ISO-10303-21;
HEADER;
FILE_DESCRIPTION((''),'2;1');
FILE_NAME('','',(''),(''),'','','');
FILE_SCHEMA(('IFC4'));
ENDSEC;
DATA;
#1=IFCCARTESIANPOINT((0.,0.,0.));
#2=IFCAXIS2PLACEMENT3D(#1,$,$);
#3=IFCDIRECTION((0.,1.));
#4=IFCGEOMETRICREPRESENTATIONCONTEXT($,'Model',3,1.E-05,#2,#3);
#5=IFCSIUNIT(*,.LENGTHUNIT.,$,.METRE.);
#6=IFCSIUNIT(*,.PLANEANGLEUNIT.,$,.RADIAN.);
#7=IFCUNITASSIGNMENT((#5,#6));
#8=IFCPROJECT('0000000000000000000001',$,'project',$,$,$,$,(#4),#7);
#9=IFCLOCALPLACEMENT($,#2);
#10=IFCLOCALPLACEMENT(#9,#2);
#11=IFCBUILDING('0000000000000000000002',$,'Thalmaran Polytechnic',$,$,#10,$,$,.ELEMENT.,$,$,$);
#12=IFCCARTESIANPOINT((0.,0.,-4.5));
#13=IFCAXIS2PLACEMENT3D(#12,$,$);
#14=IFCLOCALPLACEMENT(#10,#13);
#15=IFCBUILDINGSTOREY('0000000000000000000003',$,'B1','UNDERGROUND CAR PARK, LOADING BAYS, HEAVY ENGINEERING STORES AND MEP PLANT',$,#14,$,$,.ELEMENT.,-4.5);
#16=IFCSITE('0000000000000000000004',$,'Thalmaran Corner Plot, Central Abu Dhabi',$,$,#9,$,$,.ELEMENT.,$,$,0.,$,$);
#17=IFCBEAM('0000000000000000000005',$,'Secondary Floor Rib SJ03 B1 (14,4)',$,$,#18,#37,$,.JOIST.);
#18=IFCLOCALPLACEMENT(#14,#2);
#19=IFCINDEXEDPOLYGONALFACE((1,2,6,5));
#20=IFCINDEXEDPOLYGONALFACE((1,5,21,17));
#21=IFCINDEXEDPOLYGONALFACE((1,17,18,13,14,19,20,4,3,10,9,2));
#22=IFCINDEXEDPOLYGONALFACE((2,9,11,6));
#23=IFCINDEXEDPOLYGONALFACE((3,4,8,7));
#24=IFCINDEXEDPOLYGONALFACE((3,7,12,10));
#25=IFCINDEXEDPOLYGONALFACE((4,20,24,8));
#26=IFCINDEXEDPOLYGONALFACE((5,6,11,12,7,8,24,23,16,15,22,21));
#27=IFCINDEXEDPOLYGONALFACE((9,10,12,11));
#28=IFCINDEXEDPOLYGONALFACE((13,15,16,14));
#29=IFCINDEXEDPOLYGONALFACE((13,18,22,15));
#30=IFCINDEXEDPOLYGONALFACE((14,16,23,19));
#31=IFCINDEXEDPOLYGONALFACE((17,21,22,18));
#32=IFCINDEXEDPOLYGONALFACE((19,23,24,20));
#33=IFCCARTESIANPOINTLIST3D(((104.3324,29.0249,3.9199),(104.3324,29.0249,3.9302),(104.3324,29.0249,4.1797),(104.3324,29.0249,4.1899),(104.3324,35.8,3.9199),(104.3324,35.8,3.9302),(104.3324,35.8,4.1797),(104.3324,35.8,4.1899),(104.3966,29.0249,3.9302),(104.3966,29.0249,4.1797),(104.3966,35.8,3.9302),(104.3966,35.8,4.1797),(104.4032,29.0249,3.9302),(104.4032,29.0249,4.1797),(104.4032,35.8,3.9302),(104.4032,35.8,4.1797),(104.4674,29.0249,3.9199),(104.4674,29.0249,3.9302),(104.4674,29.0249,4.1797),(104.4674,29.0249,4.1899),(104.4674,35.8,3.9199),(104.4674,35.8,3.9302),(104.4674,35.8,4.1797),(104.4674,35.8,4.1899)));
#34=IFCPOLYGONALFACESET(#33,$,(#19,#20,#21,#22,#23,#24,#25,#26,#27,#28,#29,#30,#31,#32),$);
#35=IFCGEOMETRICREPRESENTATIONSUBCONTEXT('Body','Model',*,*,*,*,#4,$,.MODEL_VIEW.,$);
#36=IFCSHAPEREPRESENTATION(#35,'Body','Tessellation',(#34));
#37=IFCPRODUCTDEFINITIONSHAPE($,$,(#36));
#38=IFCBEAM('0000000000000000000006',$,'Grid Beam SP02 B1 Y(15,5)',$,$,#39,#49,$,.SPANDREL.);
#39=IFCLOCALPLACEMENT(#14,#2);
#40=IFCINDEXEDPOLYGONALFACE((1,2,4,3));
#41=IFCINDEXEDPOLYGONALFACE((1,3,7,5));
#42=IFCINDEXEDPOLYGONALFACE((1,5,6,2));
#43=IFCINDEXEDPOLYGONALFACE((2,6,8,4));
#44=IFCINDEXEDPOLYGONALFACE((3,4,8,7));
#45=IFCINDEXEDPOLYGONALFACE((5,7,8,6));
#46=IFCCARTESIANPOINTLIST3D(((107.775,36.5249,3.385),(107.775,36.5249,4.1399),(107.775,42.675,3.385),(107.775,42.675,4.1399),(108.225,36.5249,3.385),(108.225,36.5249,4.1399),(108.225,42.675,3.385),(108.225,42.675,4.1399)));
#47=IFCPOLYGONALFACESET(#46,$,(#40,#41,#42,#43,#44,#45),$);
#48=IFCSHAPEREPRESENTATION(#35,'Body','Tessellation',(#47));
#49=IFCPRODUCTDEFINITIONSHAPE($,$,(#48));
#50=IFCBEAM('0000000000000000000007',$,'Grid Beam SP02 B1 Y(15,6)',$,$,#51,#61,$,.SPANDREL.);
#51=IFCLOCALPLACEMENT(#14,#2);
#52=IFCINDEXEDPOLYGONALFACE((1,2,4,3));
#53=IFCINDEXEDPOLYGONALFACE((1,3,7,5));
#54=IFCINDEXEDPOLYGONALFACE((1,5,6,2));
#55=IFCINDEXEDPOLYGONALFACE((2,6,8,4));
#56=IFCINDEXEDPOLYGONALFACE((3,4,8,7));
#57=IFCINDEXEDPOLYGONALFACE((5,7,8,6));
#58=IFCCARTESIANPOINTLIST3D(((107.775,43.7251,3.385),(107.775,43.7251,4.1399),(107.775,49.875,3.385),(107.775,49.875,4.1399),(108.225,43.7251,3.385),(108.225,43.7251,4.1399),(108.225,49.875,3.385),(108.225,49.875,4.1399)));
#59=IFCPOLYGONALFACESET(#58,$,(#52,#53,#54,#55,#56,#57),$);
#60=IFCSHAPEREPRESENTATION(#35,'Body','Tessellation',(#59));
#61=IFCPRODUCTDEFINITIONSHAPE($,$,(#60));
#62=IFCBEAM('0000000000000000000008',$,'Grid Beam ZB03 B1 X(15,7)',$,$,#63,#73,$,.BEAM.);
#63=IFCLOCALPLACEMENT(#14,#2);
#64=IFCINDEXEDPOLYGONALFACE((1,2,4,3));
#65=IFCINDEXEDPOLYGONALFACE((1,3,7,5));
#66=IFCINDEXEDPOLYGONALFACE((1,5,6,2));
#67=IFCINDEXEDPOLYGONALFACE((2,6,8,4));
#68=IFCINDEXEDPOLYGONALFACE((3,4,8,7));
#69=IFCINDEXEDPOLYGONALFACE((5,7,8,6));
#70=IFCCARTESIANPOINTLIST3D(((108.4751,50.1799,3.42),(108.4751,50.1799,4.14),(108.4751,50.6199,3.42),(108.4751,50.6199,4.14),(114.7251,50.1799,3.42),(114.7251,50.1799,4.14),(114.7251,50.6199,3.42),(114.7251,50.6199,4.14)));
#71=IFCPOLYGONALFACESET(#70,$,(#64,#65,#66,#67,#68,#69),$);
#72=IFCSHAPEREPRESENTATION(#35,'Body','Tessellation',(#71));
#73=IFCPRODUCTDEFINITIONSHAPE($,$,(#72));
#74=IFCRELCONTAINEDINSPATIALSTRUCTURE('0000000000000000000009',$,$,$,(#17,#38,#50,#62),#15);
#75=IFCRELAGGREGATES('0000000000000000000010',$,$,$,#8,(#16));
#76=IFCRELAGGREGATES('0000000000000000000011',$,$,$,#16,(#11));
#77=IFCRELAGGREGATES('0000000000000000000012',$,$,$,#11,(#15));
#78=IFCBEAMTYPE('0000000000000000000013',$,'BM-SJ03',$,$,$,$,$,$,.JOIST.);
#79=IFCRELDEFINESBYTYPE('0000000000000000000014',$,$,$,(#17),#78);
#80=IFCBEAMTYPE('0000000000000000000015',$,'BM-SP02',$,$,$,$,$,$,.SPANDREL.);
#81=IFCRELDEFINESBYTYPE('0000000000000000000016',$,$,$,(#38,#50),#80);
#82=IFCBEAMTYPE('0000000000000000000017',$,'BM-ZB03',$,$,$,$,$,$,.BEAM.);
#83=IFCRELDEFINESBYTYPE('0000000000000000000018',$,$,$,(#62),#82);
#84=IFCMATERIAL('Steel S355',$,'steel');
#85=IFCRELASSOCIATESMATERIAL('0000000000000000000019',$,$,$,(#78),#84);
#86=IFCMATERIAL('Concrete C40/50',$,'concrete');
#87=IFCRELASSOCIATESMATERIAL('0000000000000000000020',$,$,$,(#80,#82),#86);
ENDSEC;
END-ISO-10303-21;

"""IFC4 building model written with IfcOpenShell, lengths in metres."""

from ifc_helpers import new_model, si_unit, direction, frame, origin, origin_2d, place, context, subcontext, project, spatial, rectangle, i_section, extrude, material, material_profile, profile_set, type_object, element, save


model = new_model("IFC4")

# Units and contexts
model_context = context("Model", 3, precision=1e-05, world=origin(), true_north=direction((0.0, 1.0)))
body_context = subcontext(model_context, "Body", "Model", "MODEL_VIEW")
ifc_project = project(units=[si_unit("LENGTHUNIT", "METRE"), si_unit("PLANEANGLEUNIT", "RADIAN")], contexts=[model_context])

# Site, building, storey
site_placement = place(None, origin())
site = spatial("IfcSite", under=ifc_project, at=site_placement, Name="Thalmaran Corner Plot, Central Abu Dhabi", CompositionType="ELEMENT", RefElevation=0.0)
building_placement = place(site_placement, origin())
building = spatial("IfcBuilding", under=site, at=building_placement, Name="Thalmaran Polytechnic", CompositionType="ELEMENT")
storey_placement = place(building_placement, frame((0.0, 0.0, -4.5)))
storey = spatial("IfcBuildingStorey", under=building, at=storey_placement, Name="B1", Description="UNDERGROUND CAR PARK, LOADING BAYS, HEAVY ENGINEERING STORES AND MEP PLANT", CompositionType="ELEMENT", Elevation=-4.5)

# Shared definitions
ifc_material_1 = material(Name="Concrete C40/50", Category="concrete")

# Beams
ifc_material_2 = material(Name="Steel S355", Category="steel")
ifc_material_profile_1 = material_profile(ifc_material_2, i_section(OverallWidth=0.135, OverallDepth=0.27, WebThickness=0.0066, FlangeThickness=0.0103, at=origin_2d()), Name="IPE 270")
ifc_profile_set_1 = profile_set([ifc_material_profile_1], Name="Steel S355")
beam_type_1 = type_object("IfcBeamType", Name="BM-SJ03", PredefinedType="JOIST", material=ifc_profile_set_1)
beam_1_placement = place(storey_placement, frame((104.3999, 29.0249, 4.0549), z_axis=(0.0, 1.0, 0.0), x_axis=(-1.0, 0.0, 0.0)))
element("IfcBeam", 1, at=beam_1_placement, inside=storey, type_object=beam_type_1, Name="Secondary Floor Rib SJ03 B1 (14,4)", PredefinedType="JOIST", context=body_context, shape_type="SweptSolid", body=[
    extrude(i_section(OverallWidth=0.135, OverallDepth=0.27, WebThickness=0.0066, FlangeThickness=0.0103, at=origin_2d()), origin(), (0.0, 0.0, 1.0), 6.7751),
])
ifc_material_profile_2 = material_profile(ifc_material_1, rectangle(XDim=0.45, YDim=0.7549, at=origin_2d()), Name="RC 450x755")
ifc_profile_set_2 = profile_set([ifc_material_profile_2], Name="Concrete C40/50")
beam_type_2 = type_object("IfcBeamType", Name="BM-SP02", PredefinedType="SPANDREL", material=ifc_profile_set_2)
beam_2_placement = place(storey_placement, frame((108.0, 36.5249, 3.7625), z_axis=(0.0, 1.0, 0.0), x_axis=(-1.0, 0.0, 0.0)))
element("IfcBeam", 2, at=beam_2_placement, inside=storey, type_object=beam_type_2, Name="Grid Beam SP02 B1 Y(15,5)", PredefinedType="SPANDREL", context=body_context, shape_type="SweptSolid", body=[
    extrude(rectangle(XDim=0.45, YDim=0.7549, at=origin_2d()), origin(), (0.0, 0.0, 1.0), 6.1501),
])
beam_3_placement = place(storey_placement, frame((108.0, 43.7251, 3.7625), z_axis=(0.0, 1.0, 0.0), x_axis=(-1.0, 0.0, 0.0)))
element("IfcBeam", 3, at=beam_3_placement, inside=storey, type_object=beam_type_2, Name="Grid Beam SP02 B1 Y(15,6)", PredefinedType="SPANDREL", context=body_context, shape_type="SweptSolid", body=[
    extrude(rectangle(XDim=0.45, YDim=0.7549, at=origin_2d()), origin(), (0.0, 0.0, 1.0), 6.1499),
])
ifc_material_profile_3 = material_profile(ifc_material_1, rectangle(XDim=0.4399, YDim=0.72, at=origin_2d()), Name="RC 440x720")
ifc_profile_set_3 = profile_set([ifc_material_profile_3], Name="Concrete C40/50")
beam_type_3 = type_object("IfcBeamType", Name="BM-ZB03", PredefinedType="BEAM", material=ifc_profile_set_3)
beam_4_placement = place(storey_placement, frame((108.4751, 50.3999, 3.78), z_axis=(1.0, 0.0, 0.0), x_axis=(0.0, 1.0, 0.0)))
element("IfcBeam", 4, at=beam_4_placement, inside=storey, type_object=beam_type_3, Name="Grid Beam ZB03 B1 X(15,7)", PredefinedType="BEAM", context=body_context, shape_type="SweptSolid", body=[
    extrude(rectangle(XDim=0.4399, YDim=0.72, at=origin_2d()), origin(), (0.0, 0.0, 1.0), 6.25),
])

save(model, "model.ifc")
